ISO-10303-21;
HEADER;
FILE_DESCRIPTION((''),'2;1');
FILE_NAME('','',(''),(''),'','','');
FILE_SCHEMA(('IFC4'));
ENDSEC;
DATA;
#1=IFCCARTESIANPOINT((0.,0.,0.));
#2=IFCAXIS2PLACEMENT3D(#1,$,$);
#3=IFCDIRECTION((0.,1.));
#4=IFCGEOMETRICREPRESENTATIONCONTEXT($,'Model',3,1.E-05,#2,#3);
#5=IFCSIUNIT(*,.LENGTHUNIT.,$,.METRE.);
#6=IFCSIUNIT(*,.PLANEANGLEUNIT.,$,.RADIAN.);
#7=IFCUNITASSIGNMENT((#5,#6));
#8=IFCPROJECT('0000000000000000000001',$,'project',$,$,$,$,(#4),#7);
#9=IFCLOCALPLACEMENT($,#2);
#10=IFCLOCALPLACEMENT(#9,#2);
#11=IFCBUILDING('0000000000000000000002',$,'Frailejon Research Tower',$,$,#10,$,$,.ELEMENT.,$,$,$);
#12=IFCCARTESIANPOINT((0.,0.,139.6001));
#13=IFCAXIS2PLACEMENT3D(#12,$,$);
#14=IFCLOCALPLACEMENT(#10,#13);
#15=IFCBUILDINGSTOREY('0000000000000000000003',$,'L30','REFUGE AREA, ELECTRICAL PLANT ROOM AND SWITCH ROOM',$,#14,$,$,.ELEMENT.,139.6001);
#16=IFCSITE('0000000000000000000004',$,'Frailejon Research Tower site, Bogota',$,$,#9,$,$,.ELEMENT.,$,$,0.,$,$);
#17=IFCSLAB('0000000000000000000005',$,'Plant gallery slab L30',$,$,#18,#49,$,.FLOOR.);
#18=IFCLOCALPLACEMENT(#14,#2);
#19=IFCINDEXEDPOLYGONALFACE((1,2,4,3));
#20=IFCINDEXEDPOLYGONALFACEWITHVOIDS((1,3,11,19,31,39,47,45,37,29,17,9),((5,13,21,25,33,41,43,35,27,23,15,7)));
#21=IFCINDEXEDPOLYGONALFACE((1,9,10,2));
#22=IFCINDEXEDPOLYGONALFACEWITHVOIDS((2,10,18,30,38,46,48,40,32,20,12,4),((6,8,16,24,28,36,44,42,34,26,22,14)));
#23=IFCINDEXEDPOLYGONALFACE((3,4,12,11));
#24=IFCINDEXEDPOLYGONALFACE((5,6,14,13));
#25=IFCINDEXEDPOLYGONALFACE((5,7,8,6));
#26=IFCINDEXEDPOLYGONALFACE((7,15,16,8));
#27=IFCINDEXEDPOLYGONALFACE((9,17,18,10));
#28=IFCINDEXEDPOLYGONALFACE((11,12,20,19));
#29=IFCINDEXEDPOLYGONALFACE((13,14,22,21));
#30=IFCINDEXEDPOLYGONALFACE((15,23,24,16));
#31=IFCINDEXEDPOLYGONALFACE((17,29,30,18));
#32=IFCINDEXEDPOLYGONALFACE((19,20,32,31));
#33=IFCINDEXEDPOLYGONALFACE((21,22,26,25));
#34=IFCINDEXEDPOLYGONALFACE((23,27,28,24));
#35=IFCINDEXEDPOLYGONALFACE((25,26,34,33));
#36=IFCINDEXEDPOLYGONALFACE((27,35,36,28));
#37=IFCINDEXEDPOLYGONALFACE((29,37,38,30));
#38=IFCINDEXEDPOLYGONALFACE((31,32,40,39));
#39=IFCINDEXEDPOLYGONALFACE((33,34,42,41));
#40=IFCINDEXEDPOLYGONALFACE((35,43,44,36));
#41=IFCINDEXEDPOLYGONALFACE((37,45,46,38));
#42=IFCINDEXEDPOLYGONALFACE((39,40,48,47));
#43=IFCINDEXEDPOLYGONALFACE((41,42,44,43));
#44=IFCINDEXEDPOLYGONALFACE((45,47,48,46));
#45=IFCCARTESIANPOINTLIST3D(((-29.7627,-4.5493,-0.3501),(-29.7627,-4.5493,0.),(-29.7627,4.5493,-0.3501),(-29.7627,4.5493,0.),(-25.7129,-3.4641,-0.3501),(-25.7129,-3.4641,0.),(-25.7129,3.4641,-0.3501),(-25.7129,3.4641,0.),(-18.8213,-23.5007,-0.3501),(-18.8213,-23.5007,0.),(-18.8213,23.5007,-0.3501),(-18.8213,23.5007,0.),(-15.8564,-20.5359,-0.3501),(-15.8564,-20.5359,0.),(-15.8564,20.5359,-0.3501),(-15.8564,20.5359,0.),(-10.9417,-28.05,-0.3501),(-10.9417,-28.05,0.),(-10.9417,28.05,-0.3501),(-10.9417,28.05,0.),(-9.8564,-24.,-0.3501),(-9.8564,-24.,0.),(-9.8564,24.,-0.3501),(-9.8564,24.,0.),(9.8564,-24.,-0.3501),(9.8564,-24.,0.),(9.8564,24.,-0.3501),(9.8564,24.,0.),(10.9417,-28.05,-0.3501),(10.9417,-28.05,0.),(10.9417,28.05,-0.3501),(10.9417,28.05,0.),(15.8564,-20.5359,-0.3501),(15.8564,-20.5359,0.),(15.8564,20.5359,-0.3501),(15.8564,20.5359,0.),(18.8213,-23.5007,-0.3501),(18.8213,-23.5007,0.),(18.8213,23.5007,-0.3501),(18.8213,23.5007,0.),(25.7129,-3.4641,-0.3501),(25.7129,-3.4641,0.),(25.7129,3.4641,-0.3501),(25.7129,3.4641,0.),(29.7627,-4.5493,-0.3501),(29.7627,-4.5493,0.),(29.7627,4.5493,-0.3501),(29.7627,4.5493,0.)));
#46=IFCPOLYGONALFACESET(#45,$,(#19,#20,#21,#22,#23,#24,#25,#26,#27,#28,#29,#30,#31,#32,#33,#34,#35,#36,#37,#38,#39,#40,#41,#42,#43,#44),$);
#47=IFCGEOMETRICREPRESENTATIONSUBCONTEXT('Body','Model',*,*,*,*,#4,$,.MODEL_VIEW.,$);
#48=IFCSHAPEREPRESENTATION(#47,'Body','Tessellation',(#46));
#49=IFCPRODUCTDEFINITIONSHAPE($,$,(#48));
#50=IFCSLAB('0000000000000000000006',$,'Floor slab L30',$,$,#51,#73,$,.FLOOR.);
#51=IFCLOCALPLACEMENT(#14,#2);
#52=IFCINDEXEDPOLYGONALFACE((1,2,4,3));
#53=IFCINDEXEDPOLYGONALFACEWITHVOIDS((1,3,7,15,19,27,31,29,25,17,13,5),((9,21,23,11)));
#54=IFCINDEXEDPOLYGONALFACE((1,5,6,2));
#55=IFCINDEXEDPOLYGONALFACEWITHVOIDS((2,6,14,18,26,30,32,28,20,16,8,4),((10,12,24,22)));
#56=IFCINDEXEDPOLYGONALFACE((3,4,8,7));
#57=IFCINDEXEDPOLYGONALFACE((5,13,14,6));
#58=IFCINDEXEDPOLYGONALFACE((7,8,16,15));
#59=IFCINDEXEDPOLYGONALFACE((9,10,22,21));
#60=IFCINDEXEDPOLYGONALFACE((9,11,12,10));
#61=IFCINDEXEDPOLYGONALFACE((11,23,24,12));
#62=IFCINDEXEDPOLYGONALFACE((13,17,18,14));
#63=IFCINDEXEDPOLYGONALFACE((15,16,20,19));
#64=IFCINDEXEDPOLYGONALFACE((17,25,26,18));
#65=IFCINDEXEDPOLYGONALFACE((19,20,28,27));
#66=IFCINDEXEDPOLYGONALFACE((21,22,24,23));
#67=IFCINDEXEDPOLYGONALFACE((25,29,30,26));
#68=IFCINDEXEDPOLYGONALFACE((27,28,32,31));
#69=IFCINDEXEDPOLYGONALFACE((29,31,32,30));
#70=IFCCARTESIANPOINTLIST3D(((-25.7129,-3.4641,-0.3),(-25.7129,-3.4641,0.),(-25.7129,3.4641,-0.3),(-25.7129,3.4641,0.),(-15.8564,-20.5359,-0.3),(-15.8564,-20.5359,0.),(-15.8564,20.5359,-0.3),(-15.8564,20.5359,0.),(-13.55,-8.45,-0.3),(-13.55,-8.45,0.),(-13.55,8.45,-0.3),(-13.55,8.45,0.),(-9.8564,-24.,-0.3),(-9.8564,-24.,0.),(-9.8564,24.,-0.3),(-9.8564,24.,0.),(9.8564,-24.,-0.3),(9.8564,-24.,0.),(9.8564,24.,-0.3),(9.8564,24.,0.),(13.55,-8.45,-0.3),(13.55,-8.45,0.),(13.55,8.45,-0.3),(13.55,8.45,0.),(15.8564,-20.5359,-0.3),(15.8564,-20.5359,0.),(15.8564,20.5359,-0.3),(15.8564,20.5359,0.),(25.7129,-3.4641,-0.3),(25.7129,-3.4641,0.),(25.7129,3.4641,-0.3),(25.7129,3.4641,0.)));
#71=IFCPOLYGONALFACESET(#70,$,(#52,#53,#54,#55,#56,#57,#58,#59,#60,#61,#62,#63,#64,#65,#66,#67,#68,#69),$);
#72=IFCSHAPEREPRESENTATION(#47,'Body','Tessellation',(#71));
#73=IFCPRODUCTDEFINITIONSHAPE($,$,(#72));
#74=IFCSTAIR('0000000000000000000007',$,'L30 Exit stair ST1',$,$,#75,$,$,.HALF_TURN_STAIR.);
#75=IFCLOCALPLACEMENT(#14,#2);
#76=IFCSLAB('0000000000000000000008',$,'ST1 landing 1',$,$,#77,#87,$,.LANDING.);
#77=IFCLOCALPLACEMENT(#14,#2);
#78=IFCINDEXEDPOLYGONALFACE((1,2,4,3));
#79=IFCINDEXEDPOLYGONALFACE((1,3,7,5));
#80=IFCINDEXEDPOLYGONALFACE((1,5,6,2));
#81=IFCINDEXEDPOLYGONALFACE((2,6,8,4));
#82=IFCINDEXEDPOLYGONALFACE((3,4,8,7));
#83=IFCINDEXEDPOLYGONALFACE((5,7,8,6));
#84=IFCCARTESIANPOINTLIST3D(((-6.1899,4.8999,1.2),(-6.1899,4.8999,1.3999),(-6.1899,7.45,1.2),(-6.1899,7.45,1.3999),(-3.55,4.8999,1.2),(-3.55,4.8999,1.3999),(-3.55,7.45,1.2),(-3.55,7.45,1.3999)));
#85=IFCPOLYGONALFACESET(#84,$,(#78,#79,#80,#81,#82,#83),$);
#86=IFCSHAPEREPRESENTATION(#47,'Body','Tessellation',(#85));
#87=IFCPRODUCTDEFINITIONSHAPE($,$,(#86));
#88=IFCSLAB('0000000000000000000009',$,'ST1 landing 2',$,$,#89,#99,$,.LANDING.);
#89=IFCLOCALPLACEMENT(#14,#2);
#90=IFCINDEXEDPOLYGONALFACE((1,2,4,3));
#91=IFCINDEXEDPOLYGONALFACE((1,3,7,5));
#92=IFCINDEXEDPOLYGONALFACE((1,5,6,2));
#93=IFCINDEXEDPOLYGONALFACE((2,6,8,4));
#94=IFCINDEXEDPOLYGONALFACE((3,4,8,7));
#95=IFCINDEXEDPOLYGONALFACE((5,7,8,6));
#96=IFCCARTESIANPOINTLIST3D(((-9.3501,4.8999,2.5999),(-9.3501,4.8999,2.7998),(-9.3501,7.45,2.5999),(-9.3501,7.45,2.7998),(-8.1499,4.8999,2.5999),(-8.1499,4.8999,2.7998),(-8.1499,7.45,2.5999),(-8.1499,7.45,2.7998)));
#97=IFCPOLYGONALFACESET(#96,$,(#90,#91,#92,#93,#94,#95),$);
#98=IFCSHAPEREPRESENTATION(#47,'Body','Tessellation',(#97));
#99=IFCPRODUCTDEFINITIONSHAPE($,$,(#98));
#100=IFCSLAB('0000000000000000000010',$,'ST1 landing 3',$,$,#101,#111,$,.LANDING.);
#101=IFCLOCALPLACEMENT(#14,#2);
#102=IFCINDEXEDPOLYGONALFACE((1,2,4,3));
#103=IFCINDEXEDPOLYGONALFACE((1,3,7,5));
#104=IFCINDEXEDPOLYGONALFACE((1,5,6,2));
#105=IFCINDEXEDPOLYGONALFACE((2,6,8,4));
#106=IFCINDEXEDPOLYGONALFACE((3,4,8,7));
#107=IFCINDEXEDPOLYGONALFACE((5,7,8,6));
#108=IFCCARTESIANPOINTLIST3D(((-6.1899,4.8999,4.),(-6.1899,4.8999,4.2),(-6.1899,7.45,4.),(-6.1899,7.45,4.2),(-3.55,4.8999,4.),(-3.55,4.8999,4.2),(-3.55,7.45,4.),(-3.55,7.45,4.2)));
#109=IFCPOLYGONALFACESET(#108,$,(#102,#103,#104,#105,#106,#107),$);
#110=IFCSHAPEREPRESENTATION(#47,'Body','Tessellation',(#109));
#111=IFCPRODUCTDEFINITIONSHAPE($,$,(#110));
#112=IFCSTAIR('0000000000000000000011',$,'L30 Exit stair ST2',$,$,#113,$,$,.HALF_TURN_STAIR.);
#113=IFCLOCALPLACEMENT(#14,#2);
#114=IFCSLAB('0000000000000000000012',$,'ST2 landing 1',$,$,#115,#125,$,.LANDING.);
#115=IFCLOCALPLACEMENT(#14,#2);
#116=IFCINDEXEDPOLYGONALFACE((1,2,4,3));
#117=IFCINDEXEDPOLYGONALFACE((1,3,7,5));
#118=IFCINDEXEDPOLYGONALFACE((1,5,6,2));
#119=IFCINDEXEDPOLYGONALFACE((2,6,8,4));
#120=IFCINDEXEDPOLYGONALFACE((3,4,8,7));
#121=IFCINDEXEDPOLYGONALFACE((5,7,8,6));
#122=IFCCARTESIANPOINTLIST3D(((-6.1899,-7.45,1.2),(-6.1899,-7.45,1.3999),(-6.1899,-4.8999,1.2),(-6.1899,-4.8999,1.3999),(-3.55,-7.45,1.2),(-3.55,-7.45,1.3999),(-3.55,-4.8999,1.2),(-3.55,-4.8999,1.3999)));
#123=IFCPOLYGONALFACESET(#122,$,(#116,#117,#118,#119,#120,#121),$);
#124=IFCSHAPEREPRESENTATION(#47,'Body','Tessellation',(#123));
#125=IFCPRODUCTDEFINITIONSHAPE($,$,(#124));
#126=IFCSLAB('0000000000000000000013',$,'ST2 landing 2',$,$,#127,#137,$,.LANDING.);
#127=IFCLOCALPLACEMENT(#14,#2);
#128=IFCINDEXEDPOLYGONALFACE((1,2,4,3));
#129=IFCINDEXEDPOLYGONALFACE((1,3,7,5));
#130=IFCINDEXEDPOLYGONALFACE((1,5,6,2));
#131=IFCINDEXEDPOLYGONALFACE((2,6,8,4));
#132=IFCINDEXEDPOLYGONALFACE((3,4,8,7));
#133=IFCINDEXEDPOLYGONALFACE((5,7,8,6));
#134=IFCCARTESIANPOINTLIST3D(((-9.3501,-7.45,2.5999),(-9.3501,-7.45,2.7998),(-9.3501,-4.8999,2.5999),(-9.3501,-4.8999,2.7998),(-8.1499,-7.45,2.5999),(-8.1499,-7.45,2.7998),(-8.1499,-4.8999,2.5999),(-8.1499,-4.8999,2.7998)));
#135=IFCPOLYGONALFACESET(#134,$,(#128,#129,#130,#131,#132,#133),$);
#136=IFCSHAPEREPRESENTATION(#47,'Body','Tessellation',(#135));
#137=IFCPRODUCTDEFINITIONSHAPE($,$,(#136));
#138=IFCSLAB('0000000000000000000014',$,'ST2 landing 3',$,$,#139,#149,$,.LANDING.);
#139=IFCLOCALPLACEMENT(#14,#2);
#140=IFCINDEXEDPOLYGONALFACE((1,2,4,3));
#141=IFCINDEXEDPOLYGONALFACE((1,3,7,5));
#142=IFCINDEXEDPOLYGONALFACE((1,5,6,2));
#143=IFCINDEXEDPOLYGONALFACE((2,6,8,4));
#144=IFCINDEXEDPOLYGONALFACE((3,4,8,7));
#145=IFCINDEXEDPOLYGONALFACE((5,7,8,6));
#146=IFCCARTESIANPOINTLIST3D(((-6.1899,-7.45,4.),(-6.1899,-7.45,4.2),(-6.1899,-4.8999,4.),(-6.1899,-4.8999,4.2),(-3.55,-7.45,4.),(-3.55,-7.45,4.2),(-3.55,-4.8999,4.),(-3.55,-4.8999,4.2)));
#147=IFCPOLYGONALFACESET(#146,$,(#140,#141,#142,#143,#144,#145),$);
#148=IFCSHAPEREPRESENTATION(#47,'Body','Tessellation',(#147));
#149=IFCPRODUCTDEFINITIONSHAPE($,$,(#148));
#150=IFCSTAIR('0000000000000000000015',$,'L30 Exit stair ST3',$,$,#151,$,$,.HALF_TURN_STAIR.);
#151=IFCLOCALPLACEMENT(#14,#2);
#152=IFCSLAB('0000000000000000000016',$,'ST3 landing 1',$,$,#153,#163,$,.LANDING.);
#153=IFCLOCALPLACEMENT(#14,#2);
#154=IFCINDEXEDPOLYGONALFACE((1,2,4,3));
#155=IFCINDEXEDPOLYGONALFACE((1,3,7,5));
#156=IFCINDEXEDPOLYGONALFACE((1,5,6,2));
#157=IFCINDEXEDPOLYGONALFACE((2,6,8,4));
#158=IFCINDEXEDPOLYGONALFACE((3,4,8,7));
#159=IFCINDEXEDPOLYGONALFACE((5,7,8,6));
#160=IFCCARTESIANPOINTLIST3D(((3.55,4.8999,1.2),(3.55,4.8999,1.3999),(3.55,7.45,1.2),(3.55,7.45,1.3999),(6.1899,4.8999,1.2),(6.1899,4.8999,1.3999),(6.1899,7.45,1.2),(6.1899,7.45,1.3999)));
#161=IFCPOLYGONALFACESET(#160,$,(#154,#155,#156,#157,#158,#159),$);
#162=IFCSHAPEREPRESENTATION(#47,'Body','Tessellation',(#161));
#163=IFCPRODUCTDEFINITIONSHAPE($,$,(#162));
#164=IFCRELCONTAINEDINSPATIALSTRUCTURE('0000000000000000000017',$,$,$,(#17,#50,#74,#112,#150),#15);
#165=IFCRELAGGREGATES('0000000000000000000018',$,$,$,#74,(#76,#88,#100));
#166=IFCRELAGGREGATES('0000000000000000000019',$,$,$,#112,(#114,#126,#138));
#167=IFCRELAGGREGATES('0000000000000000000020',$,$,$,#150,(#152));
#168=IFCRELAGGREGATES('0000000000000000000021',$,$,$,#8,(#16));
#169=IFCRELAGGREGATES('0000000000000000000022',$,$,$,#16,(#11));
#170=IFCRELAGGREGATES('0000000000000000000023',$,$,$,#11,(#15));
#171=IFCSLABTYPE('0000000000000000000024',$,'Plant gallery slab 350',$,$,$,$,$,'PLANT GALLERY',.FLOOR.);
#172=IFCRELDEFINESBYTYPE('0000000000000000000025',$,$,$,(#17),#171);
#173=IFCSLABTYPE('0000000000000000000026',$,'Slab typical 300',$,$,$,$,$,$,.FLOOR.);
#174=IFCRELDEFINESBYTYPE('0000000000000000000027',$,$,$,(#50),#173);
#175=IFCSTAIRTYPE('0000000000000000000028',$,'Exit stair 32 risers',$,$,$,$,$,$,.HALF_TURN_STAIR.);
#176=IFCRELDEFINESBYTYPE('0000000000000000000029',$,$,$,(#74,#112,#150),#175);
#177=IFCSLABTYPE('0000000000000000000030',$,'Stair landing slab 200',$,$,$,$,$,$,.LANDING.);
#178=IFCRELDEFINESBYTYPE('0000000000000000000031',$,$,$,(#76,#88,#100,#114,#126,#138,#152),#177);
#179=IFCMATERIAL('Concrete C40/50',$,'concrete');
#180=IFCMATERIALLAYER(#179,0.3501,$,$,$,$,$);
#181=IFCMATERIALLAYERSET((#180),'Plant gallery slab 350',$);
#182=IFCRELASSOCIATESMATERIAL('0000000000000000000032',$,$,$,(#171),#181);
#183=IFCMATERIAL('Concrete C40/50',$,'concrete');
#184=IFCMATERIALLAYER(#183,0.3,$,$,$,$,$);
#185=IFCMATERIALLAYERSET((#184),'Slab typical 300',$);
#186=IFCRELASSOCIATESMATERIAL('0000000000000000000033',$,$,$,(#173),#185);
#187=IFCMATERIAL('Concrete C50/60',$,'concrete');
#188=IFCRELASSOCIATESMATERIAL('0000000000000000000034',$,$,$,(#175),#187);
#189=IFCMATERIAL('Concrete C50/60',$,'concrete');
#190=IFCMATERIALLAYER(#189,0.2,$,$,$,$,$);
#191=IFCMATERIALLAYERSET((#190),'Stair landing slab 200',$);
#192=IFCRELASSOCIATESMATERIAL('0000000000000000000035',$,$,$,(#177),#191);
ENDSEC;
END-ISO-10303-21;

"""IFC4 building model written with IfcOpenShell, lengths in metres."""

from ifc_helpers import new_model, si_unit, direction, frame, origin, place, context, subcontext, project, spatial, polyline, outline, extrude, material, layer, layer_set, type_object, element, aggregate, save


model = new_model("IFC4")

# Units and contexts
model_context = context("Model", 3, precision=1e-05, world=origin(), true_north=direction((0.0, 1.0)))
body_context = subcontext(model_context, "Body", "Model", "MODEL_VIEW")
ifc_project = project(units=[si_unit("LENGTHUNIT", "METRE"), si_unit("PLANEANGLEUNIT", "RADIAN")], contexts=[model_context])

# Site, building, storey
site_placement = place(None, origin())
site = spatial("IfcSite", under=ifc_project, at=site_placement, Name="Frailejon Research Tower site, Bogota", CompositionType="ELEMENT", RefElevation=0.0)
building_placement = place(site_placement, origin())
building = spatial("IfcBuilding", under=site, at=building_placement, Name="Frailejon Research Tower", CompositionType="ELEMENT")
storey_placement = place(building_placement, frame((0.0, 0.0, 139.6001)))
storey = spatial("IfcBuildingStorey", under=building, at=storey_placement, Name="L30", Description="REFUGE AREA, ELECTRICAL PLANT ROOM AND SWITCH ROOM", CompositionType="ELEMENT", Elevation=139.6001)

# Slabs
ifc_material_1 = material(Name="Concrete C40/50", Category="concrete")
ifc_layer_1 = layer(ifc_material_1, 0.3501)
ifc_layer_set_1 = layer_set([ifc_layer_1], Name="Plant gallery slab 350")
slab_type_1 = type_object("IfcSlabType", Name="Plant gallery slab 350", ElementType="PLANT GALLERY", PredefinedType="FLOOR", material=ifc_layer_set_1)
slab_1_placement = place(storey_placement, frame((0.0, 0.0, -0.3501)))
element("IfcSlab", 1, at=slab_1_placement, inside=storey, type_object=slab_type_1, Name="Plant gallery slab L30", PredefinedType="FLOOR", context=body_context, shape_type="SweptSolid", body=[
    extrude(outline(polyline([(18.8213, -23.5007), (10.9417, -28.05), (-10.9417, -28.05), (-18.8213, -23.5007), (-29.7627, -4.5493), (-29.7627, 4.5493), (-18.8213, 23.5007), (-10.9417, 28.05), (10.9417, 28.05), (18.8213, 23.5007), (29.7627, 4.5493), (29.7627, -4.5493), (18.8213, -23.5007)]), holes=[polyline([(25.7129, 3.4641), (15.8564, 20.5359), (9.8564, 24.0), (-9.8564, 24.0), (-15.8564, 20.5359), (-25.7129, 3.4641), (-25.7129, -3.4641), (-15.8564, -20.5359), (-9.8564, -24.0), (9.8564, -24.0), (15.8564, -20.5359), (25.7129, -3.4641), (25.7129, 3.4641)])]), origin(), (0.0, 0.0, 1.0), 0.3501),
])
ifc_material_2 = material(Name="Concrete C40/50", Category="concrete")
ifc_layer_2 = layer(ifc_material_2, 0.3)
ifc_layer_set_2 = layer_set([ifc_layer_2], Name="Slab typical 300")
slab_type_2 = type_object("IfcSlabType", Name="Slab typical 300", PredefinedType="FLOOR", material=ifc_layer_set_2)
slab_2_placement = place(storey_placement, frame((0.0, 0.0, -0.3)))
element("IfcSlab", 2, at=slab_2_placement, inside=storey, type_object=slab_type_2, Name="Floor slab L30", PredefinedType="FLOOR", context=body_context, shape_type="SweptSolid", body=[
    extrude(outline(polyline([(25.7129, -3.4641), (25.7129, 3.4641), (15.8564, 20.5359), (9.8564, 24.0), (-9.8564, 24.0), (-15.8564, 20.5359), (-25.7129, 3.4641), (-25.7129, -3.4641), (-15.8564, -20.5359), (-9.8564, -24.0), (9.8564, -24.0), (15.8564, -20.5359), (25.7129, -3.4641)]), holes=[polyline([(13.55, -8.45), (-13.55, -8.45), (-13.55, 8.45), (13.55, 8.45), (13.55, -8.45)])]), origin(), (0.0, 0.0, 1.0), 0.3),
])

# Stairs, slabs
ifc_material_3 = material(Name="Concrete C50/60", Category="concrete")
stair_type = type_object("IfcStairType", Name="Exit stair 32 risers", PredefinedType="HALF_TURN_STAIR", material=ifc_material_3)
stair_1_placement = place(storey_placement, origin())
stair_1 = element("IfcStair", 3, at=stair_1_placement, inside=storey, type_object=stair_type, Name="L30 Exit stair ST1", PredefinedType="HALF_TURN_STAIR")
ifc_material_4 = material(Name="Concrete C50/60", Category="concrete")
ifc_layer_3 = layer(ifc_material_4, 0.2)
ifc_layer_set_3 = layer_set([ifc_layer_3], Name="Stair landing slab 200")
slab_type_3 = type_object("IfcSlabType", Name="Stair landing slab 200", PredefinedType="LANDING", material=ifc_layer_set_3)
slab_3_placement = place(storey_placement, frame((0.0, 0.0, 1.2)))
slab_3 = element("IfcSlab", 4, at=slab_3_placement, type_object=slab_type_3, Name="ST1 landing 1", PredefinedType="LANDING", context=body_context, shape_type="SweptSolid", body=[
    extrude(outline(polyline([(-6.1899, 4.8999), (-3.55, 4.8999), (-3.55, 7.45), (-6.1899, 7.45), (-6.1899, 4.8999)])), origin(), (0.0, 0.0, 1.0), 0.2),
])
slab_4_placement = place(storey_placement, frame((0.0, 0.0, 2.5999)))
slab_4 = element("IfcSlab", 5, at=slab_4_placement, type_object=slab_type_3, Name="ST1 landing 2", PredefinedType="LANDING", context=body_context, shape_type="SweptSolid", body=[
    extrude(outline(polyline([(-9.3501, 4.8999), (-8.1499, 4.8999), (-8.1499, 7.45), (-9.3501, 7.45), (-9.3501, 4.8999)])), origin(), (0.0, 0.0, 1.0), 0.2),
])
slab_5_placement = place(storey_placement, frame((0.0, 0.0, 4.0)))
slab_5 = element("IfcSlab", 6, at=slab_5_placement, type_object=slab_type_3, Name="ST1 landing 3", PredefinedType="LANDING", context=body_context, shape_type="SweptSolid", body=[
    extrude(outline(polyline([(-6.1899, 4.8999), (-3.55, 4.8999), (-3.55, 7.45), (-6.1899, 7.45), (-6.1899, 4.8999)])), origin(), (0.0, 0.0, 1.0), 0.2),
])
aggregate(stair_1, [slab_3, slab_4, slab_5])
stair_2_placement = place(storey_placement, origin())
stair_2 = element("IfcStair", 7, at=stair_2_placement, inside=storey, type_object=stair_type, Name="L30 Exit stair ST2", PredefinedType="HALF_TURN_STAIR")
slab_6_placement = place(storey_placement, frame((0.0, 0.0, 1.2)))
slab_6 = element("IfcSlab", 8, at=slab_6_placement, type_object=slab_type_3, Name="ST2 landing 1", PredefinedType="LANDING", context=body_context, shape_type="SweptSolid", body=[
    extrude(outline(polyline([(-6.1899, -7.45), (-3.55, -7.45), (-3.55, -4.8999), (-6.1899, -4.8999), (-6.1899, -7.45)])), origin(), (0.0, 0.0, 1.0), 0.2),
])
slab_7_placement = place(storey_placement, frame((0.0, 0.0, 2.5999)))
slab_7 = element("IfcSlab", 9, at=slab_7_placement, type_object=slab_type_3, Name="ST2 landing 2", PredefinedType="LANDING", context=body_context, shape_type="SweptSolid", body=[
    extrude(outline(polyline([(-9.3501, -7.45), (-8.1499, -7.45), (-8.1499, -4.8999), (-9.3501, -4.8999), (-9.3501, -7.45)])), origin(), (0.0, 0.0, 1.0), 0.2),
])
slab_8_placement = place(storey_placement, frame((0.0, 0.0, 4.0)))
slab_8 = element("IfcSlab", 10, at=slab_8_placement, type_object=slab_type_3, Name="ST2 landing 3", PredefinedType="LANDING", context=body_context, shape_type="SweptSolid", body=[
    extrude(outline(polyline([(-6.1899, -7.45), (-3.55, -7.45), (-3.55, -4.8999), (-6.1899, -4.8999), (-6.1899, -7.45)])), origin(), (0.0, 0.0, 1.0), 0.2),
])
aggregate(stair_2, [slab_6, slab_7, slab_8])

# Stair, slab
stair_3_placement = place(storey_placement, origin())
stair_3 = element("IfcStair", 11, at=stair_3_placement, inside=storey, type_object=stair_type, Name="L30 Exit stair ST3", PredefinedType="HALF_TURN_STAIR")
slab_9_placement = place(storey_placement, frame((0.0, 0.0, 1.2)))
slab_9 = element("IfcSlab", 12, at=slab_9_placement, type_object=slab_type_3, Name="ST3 landing 1", PredefinedType="LANDING", context=body_context, shape_type="SweptSolid", body=[
    extrude(outline(polyline([(6.1899, 7.45), (3.55, 7.45), (3.55, 4.8999), (6.1899, 4.8999), (6.1899, 7.45)])), origin(), (0.0, 0.0, 1.0), 0.2),
])
aggregate(stair_3, [slab_9])

save(model, "model.ifc")
